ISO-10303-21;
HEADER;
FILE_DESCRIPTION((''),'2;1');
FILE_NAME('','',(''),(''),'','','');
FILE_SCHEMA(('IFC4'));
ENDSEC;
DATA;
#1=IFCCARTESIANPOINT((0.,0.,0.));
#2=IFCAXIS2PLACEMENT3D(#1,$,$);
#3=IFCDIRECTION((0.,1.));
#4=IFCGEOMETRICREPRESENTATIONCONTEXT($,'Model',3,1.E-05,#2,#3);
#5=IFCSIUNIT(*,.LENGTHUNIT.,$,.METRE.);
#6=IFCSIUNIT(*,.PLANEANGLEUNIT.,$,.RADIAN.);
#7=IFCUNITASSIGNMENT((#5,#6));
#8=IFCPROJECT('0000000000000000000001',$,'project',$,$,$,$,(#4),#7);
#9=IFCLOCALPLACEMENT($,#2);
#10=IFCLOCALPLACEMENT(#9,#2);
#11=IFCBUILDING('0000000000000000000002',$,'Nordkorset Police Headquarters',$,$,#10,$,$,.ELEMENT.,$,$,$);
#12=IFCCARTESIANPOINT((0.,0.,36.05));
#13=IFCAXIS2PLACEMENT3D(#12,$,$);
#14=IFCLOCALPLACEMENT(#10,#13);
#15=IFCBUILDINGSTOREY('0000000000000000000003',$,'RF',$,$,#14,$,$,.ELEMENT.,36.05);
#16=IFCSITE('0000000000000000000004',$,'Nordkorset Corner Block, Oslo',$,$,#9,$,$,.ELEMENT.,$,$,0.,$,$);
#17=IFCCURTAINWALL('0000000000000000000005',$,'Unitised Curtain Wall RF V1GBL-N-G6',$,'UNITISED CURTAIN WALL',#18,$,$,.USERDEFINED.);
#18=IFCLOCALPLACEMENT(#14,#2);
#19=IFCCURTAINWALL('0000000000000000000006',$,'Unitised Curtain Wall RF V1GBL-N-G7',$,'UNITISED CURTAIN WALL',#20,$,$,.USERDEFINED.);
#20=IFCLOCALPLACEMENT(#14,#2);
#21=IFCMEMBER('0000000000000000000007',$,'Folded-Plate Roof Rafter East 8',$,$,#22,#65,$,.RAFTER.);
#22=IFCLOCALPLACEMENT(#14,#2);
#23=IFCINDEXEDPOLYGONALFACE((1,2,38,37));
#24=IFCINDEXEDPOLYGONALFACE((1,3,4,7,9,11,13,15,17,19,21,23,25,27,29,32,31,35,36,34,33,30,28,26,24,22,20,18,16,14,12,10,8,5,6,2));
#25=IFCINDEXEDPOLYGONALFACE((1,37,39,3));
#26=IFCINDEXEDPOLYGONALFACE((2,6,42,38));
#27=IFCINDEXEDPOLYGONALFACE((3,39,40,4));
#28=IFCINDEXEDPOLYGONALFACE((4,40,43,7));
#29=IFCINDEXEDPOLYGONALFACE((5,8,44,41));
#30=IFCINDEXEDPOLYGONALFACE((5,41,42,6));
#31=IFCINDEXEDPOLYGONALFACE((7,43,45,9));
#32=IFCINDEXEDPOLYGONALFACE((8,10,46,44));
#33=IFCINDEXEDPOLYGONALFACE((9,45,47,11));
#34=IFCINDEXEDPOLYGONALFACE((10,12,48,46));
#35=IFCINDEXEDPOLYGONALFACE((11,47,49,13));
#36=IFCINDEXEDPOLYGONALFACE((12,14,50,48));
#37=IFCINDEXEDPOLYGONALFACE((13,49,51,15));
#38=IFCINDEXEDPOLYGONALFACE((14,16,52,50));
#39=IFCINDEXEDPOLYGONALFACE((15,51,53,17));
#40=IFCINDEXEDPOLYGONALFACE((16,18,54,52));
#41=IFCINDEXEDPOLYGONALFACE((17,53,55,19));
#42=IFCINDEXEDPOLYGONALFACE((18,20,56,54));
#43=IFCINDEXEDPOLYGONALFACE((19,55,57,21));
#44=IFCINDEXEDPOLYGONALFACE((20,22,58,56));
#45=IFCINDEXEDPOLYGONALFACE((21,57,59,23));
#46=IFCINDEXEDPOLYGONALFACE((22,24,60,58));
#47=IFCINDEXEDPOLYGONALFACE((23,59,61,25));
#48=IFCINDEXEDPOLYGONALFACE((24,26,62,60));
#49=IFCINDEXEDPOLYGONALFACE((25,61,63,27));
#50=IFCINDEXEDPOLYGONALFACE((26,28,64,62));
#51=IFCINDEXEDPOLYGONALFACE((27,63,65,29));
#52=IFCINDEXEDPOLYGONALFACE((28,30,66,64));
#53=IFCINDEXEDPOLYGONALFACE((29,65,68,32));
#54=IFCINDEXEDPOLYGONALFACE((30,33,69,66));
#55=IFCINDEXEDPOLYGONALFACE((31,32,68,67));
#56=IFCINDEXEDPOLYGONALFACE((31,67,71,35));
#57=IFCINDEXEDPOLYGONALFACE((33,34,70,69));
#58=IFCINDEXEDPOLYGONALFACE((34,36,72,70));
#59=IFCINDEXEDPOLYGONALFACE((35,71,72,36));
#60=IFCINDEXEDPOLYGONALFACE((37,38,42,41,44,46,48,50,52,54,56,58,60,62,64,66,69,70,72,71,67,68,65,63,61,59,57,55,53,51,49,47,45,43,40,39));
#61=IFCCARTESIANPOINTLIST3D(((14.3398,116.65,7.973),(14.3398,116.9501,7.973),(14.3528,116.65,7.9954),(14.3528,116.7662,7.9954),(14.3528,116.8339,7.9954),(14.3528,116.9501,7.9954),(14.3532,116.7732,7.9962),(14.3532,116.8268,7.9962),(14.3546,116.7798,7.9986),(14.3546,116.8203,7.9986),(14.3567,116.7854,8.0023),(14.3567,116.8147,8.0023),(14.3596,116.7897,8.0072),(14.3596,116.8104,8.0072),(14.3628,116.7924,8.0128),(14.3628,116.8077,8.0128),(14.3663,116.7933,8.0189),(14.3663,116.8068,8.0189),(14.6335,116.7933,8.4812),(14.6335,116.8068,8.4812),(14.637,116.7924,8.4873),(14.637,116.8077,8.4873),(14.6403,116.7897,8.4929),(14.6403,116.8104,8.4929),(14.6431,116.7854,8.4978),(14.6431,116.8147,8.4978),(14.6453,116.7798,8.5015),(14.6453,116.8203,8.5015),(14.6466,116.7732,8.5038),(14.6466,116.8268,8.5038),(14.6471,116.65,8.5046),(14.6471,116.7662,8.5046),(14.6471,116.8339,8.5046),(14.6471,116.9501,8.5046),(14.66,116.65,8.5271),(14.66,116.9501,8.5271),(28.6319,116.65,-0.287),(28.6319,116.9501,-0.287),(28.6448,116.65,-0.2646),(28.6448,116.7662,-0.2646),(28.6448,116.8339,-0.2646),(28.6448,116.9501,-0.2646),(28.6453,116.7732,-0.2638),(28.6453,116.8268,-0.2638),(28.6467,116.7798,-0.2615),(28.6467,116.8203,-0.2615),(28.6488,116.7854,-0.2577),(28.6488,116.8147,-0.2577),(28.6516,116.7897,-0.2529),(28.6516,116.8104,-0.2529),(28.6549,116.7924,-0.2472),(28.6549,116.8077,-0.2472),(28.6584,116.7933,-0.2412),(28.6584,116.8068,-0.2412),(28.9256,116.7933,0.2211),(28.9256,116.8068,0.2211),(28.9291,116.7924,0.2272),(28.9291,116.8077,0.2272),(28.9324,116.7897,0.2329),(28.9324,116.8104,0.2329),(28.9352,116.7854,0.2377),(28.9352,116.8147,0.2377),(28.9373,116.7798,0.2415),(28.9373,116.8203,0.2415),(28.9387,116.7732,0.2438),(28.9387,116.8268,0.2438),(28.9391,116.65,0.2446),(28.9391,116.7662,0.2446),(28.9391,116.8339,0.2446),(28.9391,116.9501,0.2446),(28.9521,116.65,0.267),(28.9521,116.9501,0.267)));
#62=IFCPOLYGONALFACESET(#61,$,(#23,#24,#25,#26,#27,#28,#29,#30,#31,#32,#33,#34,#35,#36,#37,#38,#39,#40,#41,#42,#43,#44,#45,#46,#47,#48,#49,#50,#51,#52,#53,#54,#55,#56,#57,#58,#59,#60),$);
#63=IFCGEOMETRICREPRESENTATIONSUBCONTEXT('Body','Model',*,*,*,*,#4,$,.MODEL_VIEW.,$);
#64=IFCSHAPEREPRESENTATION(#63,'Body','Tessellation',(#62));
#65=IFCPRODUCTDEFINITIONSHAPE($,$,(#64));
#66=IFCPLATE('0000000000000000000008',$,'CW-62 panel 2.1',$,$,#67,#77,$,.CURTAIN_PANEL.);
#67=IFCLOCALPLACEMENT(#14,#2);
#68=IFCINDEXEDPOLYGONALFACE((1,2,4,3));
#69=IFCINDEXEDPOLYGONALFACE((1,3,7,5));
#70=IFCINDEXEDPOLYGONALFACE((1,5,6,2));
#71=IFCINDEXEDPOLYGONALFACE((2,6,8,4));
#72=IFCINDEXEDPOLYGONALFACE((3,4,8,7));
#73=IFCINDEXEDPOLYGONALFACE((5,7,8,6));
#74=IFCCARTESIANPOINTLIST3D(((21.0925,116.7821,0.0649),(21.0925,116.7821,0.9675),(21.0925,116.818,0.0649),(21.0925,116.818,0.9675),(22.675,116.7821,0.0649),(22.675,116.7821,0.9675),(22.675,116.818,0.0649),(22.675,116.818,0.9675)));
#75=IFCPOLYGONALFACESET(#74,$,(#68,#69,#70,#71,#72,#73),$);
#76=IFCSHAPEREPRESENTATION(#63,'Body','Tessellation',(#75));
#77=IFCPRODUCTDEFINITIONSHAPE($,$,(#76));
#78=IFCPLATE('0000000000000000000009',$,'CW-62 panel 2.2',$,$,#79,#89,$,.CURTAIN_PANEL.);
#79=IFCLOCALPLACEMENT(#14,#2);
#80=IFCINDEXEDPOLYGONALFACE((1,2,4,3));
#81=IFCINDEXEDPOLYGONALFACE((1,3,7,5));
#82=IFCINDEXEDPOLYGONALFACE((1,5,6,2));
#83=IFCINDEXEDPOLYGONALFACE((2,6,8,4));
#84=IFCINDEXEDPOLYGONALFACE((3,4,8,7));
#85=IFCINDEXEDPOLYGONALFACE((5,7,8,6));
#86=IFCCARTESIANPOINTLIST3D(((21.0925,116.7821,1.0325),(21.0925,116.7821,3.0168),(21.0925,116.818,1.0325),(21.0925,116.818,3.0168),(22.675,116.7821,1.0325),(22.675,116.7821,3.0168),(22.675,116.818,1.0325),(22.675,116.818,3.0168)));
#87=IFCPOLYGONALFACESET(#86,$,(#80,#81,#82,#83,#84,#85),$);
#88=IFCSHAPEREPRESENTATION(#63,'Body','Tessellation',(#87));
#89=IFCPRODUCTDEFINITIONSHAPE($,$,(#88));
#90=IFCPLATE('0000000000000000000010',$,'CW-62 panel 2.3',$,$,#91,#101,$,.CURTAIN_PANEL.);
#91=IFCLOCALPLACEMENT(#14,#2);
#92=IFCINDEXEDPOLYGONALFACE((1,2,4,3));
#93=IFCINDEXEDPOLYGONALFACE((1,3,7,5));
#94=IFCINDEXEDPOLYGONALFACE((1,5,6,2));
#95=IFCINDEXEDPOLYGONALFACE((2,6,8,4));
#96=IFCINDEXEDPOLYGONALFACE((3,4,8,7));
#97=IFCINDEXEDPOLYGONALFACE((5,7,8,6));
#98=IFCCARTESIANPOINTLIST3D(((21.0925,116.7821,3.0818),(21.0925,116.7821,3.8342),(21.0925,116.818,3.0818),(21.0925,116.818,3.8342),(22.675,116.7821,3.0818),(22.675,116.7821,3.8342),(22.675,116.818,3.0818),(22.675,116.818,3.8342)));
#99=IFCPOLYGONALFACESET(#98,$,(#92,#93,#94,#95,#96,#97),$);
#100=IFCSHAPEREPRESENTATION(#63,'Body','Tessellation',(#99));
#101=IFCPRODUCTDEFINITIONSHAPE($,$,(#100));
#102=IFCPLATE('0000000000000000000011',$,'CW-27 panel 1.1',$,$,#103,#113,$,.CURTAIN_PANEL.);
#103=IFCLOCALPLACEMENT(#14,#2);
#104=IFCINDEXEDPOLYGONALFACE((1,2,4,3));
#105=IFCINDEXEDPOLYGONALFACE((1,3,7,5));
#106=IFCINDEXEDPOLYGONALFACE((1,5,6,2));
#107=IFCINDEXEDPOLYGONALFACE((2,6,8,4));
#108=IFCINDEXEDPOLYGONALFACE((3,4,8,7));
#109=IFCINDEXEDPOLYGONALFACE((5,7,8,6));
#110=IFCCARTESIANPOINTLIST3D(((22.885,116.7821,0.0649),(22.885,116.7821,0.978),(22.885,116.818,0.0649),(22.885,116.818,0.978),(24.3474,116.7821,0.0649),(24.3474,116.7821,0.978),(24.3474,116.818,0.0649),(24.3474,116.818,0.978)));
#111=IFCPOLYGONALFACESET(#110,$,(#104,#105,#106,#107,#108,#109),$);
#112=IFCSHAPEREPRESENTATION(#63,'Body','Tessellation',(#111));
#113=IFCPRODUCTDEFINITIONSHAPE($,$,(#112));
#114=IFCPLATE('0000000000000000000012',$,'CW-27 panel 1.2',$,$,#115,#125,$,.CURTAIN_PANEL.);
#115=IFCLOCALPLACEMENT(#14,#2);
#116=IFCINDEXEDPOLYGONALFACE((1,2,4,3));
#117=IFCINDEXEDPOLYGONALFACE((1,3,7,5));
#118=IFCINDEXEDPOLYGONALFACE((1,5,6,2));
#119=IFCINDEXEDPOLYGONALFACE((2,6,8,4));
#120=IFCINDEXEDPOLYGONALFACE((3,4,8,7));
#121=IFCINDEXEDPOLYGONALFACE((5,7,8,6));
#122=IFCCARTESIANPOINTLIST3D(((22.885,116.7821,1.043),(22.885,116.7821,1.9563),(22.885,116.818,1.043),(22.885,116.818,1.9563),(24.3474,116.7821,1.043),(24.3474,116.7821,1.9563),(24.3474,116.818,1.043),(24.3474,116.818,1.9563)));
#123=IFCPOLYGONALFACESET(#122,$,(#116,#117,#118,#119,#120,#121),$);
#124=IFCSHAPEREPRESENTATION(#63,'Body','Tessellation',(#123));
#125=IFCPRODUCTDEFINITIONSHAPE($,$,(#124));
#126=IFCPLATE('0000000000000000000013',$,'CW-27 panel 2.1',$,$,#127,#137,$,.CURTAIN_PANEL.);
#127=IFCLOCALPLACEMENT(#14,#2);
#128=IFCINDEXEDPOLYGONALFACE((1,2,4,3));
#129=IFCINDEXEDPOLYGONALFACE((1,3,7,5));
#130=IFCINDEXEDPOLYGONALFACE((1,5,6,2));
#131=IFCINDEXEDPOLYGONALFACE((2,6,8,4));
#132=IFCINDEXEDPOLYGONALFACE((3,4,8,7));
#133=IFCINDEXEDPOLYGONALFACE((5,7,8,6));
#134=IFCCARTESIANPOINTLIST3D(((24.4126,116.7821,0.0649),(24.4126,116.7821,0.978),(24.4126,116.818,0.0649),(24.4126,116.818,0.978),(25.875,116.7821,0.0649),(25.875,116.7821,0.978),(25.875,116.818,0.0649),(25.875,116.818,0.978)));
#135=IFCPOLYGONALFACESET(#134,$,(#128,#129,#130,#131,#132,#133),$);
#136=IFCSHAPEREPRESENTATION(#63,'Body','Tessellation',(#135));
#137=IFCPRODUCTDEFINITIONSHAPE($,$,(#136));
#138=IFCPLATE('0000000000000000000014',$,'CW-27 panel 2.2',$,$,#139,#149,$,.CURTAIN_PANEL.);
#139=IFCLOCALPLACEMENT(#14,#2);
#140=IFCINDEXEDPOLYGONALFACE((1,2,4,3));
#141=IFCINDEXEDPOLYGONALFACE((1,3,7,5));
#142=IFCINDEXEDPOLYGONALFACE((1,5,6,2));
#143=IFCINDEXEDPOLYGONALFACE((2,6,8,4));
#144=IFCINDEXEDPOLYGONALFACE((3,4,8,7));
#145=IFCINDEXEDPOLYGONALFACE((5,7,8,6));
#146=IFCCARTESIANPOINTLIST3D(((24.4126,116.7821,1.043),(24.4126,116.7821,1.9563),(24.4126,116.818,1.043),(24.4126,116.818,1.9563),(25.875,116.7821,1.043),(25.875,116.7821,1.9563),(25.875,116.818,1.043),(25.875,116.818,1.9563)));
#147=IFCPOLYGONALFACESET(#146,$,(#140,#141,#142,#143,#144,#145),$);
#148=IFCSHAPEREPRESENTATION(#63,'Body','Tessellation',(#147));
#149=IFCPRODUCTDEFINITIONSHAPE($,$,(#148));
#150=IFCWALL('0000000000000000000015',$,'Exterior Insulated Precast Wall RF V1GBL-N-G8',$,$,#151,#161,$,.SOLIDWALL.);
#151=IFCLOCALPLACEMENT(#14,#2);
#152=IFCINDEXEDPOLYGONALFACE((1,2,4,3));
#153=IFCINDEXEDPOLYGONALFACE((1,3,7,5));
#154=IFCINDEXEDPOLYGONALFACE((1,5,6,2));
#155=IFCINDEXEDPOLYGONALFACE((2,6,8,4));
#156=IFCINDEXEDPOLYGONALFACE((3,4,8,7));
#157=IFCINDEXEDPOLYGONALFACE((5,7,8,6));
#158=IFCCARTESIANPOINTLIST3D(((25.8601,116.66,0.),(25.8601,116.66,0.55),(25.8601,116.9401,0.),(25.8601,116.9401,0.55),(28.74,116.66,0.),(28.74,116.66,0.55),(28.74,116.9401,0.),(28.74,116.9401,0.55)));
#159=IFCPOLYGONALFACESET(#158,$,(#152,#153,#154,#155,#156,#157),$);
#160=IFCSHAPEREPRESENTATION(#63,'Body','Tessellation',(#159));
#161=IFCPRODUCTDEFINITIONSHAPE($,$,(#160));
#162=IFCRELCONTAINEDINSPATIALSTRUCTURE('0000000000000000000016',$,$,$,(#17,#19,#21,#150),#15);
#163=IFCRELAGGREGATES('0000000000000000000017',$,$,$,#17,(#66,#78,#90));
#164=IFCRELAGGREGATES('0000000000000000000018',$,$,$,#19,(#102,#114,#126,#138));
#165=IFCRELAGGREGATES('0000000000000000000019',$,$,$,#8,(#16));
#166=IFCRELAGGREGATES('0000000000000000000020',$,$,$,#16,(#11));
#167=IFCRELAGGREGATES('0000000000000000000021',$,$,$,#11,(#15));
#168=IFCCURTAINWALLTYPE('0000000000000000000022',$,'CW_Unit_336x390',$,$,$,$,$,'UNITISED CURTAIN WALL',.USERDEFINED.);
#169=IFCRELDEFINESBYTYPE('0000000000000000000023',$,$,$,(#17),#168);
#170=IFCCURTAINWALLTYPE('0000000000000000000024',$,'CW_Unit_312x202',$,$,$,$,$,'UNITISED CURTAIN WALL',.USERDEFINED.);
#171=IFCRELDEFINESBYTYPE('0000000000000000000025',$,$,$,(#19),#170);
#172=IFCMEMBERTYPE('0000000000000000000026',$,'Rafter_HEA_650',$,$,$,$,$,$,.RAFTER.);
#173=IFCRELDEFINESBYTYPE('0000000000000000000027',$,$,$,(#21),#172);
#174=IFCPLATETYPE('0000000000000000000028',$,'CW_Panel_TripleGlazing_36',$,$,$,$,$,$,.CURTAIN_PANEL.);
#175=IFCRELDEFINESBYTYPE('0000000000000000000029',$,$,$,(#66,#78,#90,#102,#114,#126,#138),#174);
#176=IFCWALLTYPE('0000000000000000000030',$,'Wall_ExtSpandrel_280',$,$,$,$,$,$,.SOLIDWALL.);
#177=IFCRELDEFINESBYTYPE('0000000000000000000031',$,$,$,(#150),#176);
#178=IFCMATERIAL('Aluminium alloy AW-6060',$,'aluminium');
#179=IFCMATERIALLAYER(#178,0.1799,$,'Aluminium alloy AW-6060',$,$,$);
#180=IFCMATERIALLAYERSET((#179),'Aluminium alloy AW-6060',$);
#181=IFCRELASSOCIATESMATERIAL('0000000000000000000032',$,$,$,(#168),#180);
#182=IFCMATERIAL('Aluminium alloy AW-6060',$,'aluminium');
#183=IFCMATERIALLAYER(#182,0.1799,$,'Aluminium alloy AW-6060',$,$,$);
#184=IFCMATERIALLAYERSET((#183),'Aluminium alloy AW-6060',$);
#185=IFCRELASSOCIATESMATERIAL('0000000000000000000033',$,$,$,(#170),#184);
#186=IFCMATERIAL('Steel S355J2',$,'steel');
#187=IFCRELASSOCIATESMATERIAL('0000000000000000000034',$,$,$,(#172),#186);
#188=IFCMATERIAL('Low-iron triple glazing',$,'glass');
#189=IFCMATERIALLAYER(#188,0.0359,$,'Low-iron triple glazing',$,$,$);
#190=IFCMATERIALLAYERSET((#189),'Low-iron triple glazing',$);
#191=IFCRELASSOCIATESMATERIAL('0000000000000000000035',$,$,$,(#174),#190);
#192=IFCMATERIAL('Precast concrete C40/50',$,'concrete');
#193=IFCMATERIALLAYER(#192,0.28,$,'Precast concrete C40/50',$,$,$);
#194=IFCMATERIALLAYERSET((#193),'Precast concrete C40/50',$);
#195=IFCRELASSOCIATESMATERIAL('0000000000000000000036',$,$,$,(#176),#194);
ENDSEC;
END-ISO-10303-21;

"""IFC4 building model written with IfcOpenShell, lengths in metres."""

from ifc_helpers import new_model, si_unit, direction, frame, frame_2d, origin, origin_2d, place, context, subcontext, project, spatial, rectangle, i_section, extrude, material, layer, layer_set, material_profile, profile_set, type_object, element, aggregate, save


model = new_model("IFC4")

# Units and contexts
model_context = context("Model", 3, precision=1e-05, world=origin(), true_north=direction((0.0, 1.0)))
body_context = subcontext(model_context, "Body", "Model", "MODEL_VIEW")
ifc_project = project(units=[si_unit("LENGTHUNIT", "METRE"), si_unit("PLANEANGLEUNIT", "RADIAN")], contexts=[model_context])

# Site, building, storey
site_placement = place(None, origin())
site = spatial("IfcSite", under=ifc_project, at=site_placement, Name="Nordkorset Corner Block, Oslo", CompositionType="ELEMENT", RefElevation=0.0)
building_placement = place(site_placement, origin())
building = spatial("IfcBuilding", under=site, at=building_placement, Name="Nordkorset Police Headquarters", CompositionType="ELEMENT")
storey_placement = place(building_placement, frame((0.0, 0.0, 36.05)))
storey = spatial("IfcBuildingStorey", under=building, at=storey_placement, Name="RF", CompositionType="ELEMENT", Elevation=36.05)

# Curtain wall
ifc_material_1 = material(Name="Aluminium alloy AW-6060", Category="aluminium")
ifc_layer_1 = layer(ifc_material_1, 0.1799, Name="Aluminium alloy AW-6060")
ifc_layer_set_1 = layer_set([ifc_layer_1], Name="Aluminium alloy AW-6060")
curtain_wall_type_1 = type_object("IfcCurtainWallType", Name="CW_Unit_336x390", ElementType="UNITISED CURTAIN WALL", PredefinedType="USERDEFINED", material=ifc_layer_set_1)
curtain_wall_1_placement = place(storey_placement, origin())
curtain_wall_1 = element("IfcCurtainWall", 1, at=curtain_wall_1_placement, inside=storey, type_object=curtain_wall_type_1, Name="Unitised Curtain Wall RF V1GBL-N-G6", ObjectType="UNITISED CURTAIN WALL", PredefinedType="USERDEFINED")

# Curtain wall
ifc_material_2 = material(Name="Aluminium alloy AW-6060", Category="aluminium")
ifc_layer_2 = layer(ifc_material_2, 0.1799, Name="Aluminium alloy AW-6060")
ifc_layer_set_2 = layer_set([ifc_layer_2], Name="Aluminium alloy AW-6060")
curtain_wall_type_2 = type_object("IfcCurtainWallType", Name="CW_Unit_312x202", ElementType="UNITISED CURTAIN WALL", PredefinedType="USERDEFINED", material=ifc_layer_set_2)
curtain_wall_2_placement = place(storey_placement, origin())
curtain_wall_2 = element("IfcCurtainWall", 2, at=curtain_wall_2_placement, inside=storey, type_object=curtain_wall_type_2, Name="Unitised Curtain Wall RF V1GBL-N-G7", ObjectType="UNITISED CURTAIN WALL", PredefinedType="USERDEFINED")

# Member
ifc_material_3 = material(Name="Steel S355J2", Category="steel")
ifc_material_profile_1 = material_profile(ifc_material_3, i_section(OverallWidth=0.3, OverallDepth=0.6399, WebThickness=0.0134, FlangeThickness=0.0259, FilletRadius=0.0271, at=origin_2d()), Name="HEA 650")
ifc_profile_set_1 = profile_set([ifc_material_profile_1], Name="Steel S355J2")
member_type_1 = type_object("IfcMemberType", Name="Rafter_HEA_650", PredefinedType="RAFTER", material=ifc_profile_set_1)
member_1_placement = place(storey_placement, frame((28.792, 116.8, -0.01), z_axis=(-0.865802, 0.0, 0.500387), x_axis=(0.0, -1.0, 0.0)))
element("IfcMember", 3, at=member_1_placement, inside=storey, type_object=member_type_1, Name="Folded-Plate Roof Rafter East 8", PredefinedType="RAFTER", context=body_context, shape_type="SweptSolid", body=[
    extrude(i_section(OverallWidth=0.3, OverallDepth=0.6399, WebThickness=0.0134, FlangeThickness=0.0259, FilletRadius=0.0271, at=origin_2d()), origin(), (0.0, 0.0, 1.0), 16.5073),
])

# Plates
ifc_material_4 = material(Name="Low-iron triple glazing", Category="glass")
ifc_layer_3 = layer(ifc_material_4, 0.0359, Name="Low-iron triple glazing")
ifc_layer_set_3 = layer_set([ifc_layer_3], Name="Low-iron triple glazing")
plate_type = type_object("IfcPlateType", Name="CW_Panel_TripleGlazing_36", PredefinedType="CURTAIN_PANEL", material=ifc_layer_set_3)
plate_1_placement = place(storey_placement, frame((21.8838, 116.8, 0.0649), z_axis=(0.0, 0.0, 1.0), x_axis=(1.0, 0.0, 0.0)))
plate_1 = element("IfcPlate", 4, at=plate_1_placement, type_object=plate_type, Name="CW-62 panel 2.1", PredefinedType="CURTAIN_PANEL", context=body_context, shape_type="SweptSolid", body=[
    extrude(rectangle(XDim=1.5825, YDim=0.0359, at=origin_2d()), origin(), (0.0, 0.0, 1.0), 0.9026),
])
plate_2_placement = place(storey_placement, frame((21.8838, 116.8, 1.0325), z_axis=(0.0, 0.0, 1.0), x_axis=(1.0, 0.0, 0.0)))
plate_2 = element("IfcPlate", 5, at=plate_2_placement, type_object=plate_type, Name="CW-62 panel 2.2", PredefinedType="CURTAIN_PANEL", context=body_context, shape_type="SweptSolid", body=[
    extrude(rectangle(XDim=1.5825, YDim=0.0359, at=origin_2d()), origin(), (0.0, 0.0, 1.0), 1.9844),
])
plate_3_placement = place(storey_placement, frame((21.8838, 116.8, 3.0818), z_axis=(0.0, 0.0, 1.0), x_axis=(1.0, 0.0, 0.0)))
plate_3 = element("IfcPlate", 6, at=plate_3_placement, type_object=plate_type, Name="CW-62 panel 2.3", PredefinedType="CURTAIN_PANEL", context=body_context, shape_type="SweptSolid", body=[
    extrude(rectangle(XDim=1.5825, YDim=0.0359, at=origin_2d()), origin(), (0.0, 0.0, 1.0), 0.7524),
])
aggregate(curtain_wall_1, [plate_1, plate_2, plate_3])
plate_4_placement = place(storey_placement, frame((23.6162, 116.8, 0.0649), z_axis=(0.0, 0.0, 1.0), x_axis=(1.0, 0.0, 0.0)))
plate_4 = element("IfcPlate", 7, at=plate_4_placement, type_object=plate_type, Name="CW-27 panel 1.1", PredefinedType="CURTAIN_PANEL", context=body_context, shape_type="SweptSolid", body=[
    extrude(rectangle(XDim=1.4624, YDim=0.0359, at=origin_2d()), origin(), (0.0, 0.0, 1.0), 0.9131),
])
plate_5_placement = place(storey_placement, frame((23.6162, 116.8, 1.043), z_axis=(0.0, 0.0, 1.0), x_axis=(1.0, 0.0, 0.0)))
plate_5 = element("IfcPlate", 8, at=plate_5_placement, type_object=plate_type, Name="CW-27 panel 1.2", PredefinedType="CURTAIN_PANEL", context=body_context, shape_type="SweptSolid", body=[
    extrude(rectangle(XDim=1.4624, YDim=0.0359, at=origin_2d()), origin(), (0.0, 0.0, 1.0), 0.9133),
])
plate_6_placement = place(storey_placement, frame((25.1438, 116.8, 0.0649), z_axis=(0.0, 0.0, 1.0), x_axis=(1.0, 0.0, 0.0)))
plate_6 = element("IfcPlate", 9, at=plate_6_placement, type_object=plate_type, Name="CW-27 panel 2.1", PredefinedType="CURTAIN_PANEL", context=body_context, shape_type="SweptSolid", body=[
    extrude(rectangle(XDim=1.4624, YDim=0.0359, at=origin_2d()), origin(), (0.0, 0.0, 1.0), 0.9131),
])
plate_7_placement = place(storey_placement, frame((25.1438, 116.8, 1.043), z_axis=(0.0, 0.0, 1.0), x_axis=(1.0, 0.0, 0.0)))
plate_7 = element("IfcPlate", 10, at=plate_7_placement, type_object=plate_type, Name="CW-27 panel 2.2", PredefinedType="CURTAIN_PANEL", context=body_context, shape_type="SweptSolid", body=[
    extrude(rectangle(XDim=1.4624, YDim=0.0359, at=origin_2d()), origin(), (0.0, 0.0, 1.0), 0.9133),
])
aggregate(curtain_wall_2, [plate_4, plate_5, plate_6, plate_7])

# Wall
ifc_material_5 = material(Name="Precast concrete C40/50", Category="concrete")
ifc_layer_4 = layer(ifc_material_5, 0.28, Name="Precast concrete C40/50")
ifc_layer_set_4 = layer_set([ifc_layer_4], Name="Precast concrete C40/50")
wall_type = type_object("IfcWallType", Name="Wall_ExtSpandrel_280", PredefinedType="SOLIDWALL", material=ifc_layer_set_4)
wall_placement = place(storey_placement, frame((25.8601, 116.8, 0.0), z_axis=(0.0, 0.0, 1.0), x_axis=(1.0, 0.0, 0.0)))
element("IfcWall", 11, at=wall_placement, inside=storey, type_object=wall_type, Name="Exterior Insulated Precast Wall RF V1GBL-N-G8", PredefinedType="SOLIDWALL", context=body_context, shape_type="SweptSolid", body=[
    extrude(rectangle(XDim=2.8799, YDim=0.28, at=frame_2d((1.4399, 0.0))), origin(), (0.0, 0.0, 1.0), 0.55),
])

save(model, "model.ifc")
